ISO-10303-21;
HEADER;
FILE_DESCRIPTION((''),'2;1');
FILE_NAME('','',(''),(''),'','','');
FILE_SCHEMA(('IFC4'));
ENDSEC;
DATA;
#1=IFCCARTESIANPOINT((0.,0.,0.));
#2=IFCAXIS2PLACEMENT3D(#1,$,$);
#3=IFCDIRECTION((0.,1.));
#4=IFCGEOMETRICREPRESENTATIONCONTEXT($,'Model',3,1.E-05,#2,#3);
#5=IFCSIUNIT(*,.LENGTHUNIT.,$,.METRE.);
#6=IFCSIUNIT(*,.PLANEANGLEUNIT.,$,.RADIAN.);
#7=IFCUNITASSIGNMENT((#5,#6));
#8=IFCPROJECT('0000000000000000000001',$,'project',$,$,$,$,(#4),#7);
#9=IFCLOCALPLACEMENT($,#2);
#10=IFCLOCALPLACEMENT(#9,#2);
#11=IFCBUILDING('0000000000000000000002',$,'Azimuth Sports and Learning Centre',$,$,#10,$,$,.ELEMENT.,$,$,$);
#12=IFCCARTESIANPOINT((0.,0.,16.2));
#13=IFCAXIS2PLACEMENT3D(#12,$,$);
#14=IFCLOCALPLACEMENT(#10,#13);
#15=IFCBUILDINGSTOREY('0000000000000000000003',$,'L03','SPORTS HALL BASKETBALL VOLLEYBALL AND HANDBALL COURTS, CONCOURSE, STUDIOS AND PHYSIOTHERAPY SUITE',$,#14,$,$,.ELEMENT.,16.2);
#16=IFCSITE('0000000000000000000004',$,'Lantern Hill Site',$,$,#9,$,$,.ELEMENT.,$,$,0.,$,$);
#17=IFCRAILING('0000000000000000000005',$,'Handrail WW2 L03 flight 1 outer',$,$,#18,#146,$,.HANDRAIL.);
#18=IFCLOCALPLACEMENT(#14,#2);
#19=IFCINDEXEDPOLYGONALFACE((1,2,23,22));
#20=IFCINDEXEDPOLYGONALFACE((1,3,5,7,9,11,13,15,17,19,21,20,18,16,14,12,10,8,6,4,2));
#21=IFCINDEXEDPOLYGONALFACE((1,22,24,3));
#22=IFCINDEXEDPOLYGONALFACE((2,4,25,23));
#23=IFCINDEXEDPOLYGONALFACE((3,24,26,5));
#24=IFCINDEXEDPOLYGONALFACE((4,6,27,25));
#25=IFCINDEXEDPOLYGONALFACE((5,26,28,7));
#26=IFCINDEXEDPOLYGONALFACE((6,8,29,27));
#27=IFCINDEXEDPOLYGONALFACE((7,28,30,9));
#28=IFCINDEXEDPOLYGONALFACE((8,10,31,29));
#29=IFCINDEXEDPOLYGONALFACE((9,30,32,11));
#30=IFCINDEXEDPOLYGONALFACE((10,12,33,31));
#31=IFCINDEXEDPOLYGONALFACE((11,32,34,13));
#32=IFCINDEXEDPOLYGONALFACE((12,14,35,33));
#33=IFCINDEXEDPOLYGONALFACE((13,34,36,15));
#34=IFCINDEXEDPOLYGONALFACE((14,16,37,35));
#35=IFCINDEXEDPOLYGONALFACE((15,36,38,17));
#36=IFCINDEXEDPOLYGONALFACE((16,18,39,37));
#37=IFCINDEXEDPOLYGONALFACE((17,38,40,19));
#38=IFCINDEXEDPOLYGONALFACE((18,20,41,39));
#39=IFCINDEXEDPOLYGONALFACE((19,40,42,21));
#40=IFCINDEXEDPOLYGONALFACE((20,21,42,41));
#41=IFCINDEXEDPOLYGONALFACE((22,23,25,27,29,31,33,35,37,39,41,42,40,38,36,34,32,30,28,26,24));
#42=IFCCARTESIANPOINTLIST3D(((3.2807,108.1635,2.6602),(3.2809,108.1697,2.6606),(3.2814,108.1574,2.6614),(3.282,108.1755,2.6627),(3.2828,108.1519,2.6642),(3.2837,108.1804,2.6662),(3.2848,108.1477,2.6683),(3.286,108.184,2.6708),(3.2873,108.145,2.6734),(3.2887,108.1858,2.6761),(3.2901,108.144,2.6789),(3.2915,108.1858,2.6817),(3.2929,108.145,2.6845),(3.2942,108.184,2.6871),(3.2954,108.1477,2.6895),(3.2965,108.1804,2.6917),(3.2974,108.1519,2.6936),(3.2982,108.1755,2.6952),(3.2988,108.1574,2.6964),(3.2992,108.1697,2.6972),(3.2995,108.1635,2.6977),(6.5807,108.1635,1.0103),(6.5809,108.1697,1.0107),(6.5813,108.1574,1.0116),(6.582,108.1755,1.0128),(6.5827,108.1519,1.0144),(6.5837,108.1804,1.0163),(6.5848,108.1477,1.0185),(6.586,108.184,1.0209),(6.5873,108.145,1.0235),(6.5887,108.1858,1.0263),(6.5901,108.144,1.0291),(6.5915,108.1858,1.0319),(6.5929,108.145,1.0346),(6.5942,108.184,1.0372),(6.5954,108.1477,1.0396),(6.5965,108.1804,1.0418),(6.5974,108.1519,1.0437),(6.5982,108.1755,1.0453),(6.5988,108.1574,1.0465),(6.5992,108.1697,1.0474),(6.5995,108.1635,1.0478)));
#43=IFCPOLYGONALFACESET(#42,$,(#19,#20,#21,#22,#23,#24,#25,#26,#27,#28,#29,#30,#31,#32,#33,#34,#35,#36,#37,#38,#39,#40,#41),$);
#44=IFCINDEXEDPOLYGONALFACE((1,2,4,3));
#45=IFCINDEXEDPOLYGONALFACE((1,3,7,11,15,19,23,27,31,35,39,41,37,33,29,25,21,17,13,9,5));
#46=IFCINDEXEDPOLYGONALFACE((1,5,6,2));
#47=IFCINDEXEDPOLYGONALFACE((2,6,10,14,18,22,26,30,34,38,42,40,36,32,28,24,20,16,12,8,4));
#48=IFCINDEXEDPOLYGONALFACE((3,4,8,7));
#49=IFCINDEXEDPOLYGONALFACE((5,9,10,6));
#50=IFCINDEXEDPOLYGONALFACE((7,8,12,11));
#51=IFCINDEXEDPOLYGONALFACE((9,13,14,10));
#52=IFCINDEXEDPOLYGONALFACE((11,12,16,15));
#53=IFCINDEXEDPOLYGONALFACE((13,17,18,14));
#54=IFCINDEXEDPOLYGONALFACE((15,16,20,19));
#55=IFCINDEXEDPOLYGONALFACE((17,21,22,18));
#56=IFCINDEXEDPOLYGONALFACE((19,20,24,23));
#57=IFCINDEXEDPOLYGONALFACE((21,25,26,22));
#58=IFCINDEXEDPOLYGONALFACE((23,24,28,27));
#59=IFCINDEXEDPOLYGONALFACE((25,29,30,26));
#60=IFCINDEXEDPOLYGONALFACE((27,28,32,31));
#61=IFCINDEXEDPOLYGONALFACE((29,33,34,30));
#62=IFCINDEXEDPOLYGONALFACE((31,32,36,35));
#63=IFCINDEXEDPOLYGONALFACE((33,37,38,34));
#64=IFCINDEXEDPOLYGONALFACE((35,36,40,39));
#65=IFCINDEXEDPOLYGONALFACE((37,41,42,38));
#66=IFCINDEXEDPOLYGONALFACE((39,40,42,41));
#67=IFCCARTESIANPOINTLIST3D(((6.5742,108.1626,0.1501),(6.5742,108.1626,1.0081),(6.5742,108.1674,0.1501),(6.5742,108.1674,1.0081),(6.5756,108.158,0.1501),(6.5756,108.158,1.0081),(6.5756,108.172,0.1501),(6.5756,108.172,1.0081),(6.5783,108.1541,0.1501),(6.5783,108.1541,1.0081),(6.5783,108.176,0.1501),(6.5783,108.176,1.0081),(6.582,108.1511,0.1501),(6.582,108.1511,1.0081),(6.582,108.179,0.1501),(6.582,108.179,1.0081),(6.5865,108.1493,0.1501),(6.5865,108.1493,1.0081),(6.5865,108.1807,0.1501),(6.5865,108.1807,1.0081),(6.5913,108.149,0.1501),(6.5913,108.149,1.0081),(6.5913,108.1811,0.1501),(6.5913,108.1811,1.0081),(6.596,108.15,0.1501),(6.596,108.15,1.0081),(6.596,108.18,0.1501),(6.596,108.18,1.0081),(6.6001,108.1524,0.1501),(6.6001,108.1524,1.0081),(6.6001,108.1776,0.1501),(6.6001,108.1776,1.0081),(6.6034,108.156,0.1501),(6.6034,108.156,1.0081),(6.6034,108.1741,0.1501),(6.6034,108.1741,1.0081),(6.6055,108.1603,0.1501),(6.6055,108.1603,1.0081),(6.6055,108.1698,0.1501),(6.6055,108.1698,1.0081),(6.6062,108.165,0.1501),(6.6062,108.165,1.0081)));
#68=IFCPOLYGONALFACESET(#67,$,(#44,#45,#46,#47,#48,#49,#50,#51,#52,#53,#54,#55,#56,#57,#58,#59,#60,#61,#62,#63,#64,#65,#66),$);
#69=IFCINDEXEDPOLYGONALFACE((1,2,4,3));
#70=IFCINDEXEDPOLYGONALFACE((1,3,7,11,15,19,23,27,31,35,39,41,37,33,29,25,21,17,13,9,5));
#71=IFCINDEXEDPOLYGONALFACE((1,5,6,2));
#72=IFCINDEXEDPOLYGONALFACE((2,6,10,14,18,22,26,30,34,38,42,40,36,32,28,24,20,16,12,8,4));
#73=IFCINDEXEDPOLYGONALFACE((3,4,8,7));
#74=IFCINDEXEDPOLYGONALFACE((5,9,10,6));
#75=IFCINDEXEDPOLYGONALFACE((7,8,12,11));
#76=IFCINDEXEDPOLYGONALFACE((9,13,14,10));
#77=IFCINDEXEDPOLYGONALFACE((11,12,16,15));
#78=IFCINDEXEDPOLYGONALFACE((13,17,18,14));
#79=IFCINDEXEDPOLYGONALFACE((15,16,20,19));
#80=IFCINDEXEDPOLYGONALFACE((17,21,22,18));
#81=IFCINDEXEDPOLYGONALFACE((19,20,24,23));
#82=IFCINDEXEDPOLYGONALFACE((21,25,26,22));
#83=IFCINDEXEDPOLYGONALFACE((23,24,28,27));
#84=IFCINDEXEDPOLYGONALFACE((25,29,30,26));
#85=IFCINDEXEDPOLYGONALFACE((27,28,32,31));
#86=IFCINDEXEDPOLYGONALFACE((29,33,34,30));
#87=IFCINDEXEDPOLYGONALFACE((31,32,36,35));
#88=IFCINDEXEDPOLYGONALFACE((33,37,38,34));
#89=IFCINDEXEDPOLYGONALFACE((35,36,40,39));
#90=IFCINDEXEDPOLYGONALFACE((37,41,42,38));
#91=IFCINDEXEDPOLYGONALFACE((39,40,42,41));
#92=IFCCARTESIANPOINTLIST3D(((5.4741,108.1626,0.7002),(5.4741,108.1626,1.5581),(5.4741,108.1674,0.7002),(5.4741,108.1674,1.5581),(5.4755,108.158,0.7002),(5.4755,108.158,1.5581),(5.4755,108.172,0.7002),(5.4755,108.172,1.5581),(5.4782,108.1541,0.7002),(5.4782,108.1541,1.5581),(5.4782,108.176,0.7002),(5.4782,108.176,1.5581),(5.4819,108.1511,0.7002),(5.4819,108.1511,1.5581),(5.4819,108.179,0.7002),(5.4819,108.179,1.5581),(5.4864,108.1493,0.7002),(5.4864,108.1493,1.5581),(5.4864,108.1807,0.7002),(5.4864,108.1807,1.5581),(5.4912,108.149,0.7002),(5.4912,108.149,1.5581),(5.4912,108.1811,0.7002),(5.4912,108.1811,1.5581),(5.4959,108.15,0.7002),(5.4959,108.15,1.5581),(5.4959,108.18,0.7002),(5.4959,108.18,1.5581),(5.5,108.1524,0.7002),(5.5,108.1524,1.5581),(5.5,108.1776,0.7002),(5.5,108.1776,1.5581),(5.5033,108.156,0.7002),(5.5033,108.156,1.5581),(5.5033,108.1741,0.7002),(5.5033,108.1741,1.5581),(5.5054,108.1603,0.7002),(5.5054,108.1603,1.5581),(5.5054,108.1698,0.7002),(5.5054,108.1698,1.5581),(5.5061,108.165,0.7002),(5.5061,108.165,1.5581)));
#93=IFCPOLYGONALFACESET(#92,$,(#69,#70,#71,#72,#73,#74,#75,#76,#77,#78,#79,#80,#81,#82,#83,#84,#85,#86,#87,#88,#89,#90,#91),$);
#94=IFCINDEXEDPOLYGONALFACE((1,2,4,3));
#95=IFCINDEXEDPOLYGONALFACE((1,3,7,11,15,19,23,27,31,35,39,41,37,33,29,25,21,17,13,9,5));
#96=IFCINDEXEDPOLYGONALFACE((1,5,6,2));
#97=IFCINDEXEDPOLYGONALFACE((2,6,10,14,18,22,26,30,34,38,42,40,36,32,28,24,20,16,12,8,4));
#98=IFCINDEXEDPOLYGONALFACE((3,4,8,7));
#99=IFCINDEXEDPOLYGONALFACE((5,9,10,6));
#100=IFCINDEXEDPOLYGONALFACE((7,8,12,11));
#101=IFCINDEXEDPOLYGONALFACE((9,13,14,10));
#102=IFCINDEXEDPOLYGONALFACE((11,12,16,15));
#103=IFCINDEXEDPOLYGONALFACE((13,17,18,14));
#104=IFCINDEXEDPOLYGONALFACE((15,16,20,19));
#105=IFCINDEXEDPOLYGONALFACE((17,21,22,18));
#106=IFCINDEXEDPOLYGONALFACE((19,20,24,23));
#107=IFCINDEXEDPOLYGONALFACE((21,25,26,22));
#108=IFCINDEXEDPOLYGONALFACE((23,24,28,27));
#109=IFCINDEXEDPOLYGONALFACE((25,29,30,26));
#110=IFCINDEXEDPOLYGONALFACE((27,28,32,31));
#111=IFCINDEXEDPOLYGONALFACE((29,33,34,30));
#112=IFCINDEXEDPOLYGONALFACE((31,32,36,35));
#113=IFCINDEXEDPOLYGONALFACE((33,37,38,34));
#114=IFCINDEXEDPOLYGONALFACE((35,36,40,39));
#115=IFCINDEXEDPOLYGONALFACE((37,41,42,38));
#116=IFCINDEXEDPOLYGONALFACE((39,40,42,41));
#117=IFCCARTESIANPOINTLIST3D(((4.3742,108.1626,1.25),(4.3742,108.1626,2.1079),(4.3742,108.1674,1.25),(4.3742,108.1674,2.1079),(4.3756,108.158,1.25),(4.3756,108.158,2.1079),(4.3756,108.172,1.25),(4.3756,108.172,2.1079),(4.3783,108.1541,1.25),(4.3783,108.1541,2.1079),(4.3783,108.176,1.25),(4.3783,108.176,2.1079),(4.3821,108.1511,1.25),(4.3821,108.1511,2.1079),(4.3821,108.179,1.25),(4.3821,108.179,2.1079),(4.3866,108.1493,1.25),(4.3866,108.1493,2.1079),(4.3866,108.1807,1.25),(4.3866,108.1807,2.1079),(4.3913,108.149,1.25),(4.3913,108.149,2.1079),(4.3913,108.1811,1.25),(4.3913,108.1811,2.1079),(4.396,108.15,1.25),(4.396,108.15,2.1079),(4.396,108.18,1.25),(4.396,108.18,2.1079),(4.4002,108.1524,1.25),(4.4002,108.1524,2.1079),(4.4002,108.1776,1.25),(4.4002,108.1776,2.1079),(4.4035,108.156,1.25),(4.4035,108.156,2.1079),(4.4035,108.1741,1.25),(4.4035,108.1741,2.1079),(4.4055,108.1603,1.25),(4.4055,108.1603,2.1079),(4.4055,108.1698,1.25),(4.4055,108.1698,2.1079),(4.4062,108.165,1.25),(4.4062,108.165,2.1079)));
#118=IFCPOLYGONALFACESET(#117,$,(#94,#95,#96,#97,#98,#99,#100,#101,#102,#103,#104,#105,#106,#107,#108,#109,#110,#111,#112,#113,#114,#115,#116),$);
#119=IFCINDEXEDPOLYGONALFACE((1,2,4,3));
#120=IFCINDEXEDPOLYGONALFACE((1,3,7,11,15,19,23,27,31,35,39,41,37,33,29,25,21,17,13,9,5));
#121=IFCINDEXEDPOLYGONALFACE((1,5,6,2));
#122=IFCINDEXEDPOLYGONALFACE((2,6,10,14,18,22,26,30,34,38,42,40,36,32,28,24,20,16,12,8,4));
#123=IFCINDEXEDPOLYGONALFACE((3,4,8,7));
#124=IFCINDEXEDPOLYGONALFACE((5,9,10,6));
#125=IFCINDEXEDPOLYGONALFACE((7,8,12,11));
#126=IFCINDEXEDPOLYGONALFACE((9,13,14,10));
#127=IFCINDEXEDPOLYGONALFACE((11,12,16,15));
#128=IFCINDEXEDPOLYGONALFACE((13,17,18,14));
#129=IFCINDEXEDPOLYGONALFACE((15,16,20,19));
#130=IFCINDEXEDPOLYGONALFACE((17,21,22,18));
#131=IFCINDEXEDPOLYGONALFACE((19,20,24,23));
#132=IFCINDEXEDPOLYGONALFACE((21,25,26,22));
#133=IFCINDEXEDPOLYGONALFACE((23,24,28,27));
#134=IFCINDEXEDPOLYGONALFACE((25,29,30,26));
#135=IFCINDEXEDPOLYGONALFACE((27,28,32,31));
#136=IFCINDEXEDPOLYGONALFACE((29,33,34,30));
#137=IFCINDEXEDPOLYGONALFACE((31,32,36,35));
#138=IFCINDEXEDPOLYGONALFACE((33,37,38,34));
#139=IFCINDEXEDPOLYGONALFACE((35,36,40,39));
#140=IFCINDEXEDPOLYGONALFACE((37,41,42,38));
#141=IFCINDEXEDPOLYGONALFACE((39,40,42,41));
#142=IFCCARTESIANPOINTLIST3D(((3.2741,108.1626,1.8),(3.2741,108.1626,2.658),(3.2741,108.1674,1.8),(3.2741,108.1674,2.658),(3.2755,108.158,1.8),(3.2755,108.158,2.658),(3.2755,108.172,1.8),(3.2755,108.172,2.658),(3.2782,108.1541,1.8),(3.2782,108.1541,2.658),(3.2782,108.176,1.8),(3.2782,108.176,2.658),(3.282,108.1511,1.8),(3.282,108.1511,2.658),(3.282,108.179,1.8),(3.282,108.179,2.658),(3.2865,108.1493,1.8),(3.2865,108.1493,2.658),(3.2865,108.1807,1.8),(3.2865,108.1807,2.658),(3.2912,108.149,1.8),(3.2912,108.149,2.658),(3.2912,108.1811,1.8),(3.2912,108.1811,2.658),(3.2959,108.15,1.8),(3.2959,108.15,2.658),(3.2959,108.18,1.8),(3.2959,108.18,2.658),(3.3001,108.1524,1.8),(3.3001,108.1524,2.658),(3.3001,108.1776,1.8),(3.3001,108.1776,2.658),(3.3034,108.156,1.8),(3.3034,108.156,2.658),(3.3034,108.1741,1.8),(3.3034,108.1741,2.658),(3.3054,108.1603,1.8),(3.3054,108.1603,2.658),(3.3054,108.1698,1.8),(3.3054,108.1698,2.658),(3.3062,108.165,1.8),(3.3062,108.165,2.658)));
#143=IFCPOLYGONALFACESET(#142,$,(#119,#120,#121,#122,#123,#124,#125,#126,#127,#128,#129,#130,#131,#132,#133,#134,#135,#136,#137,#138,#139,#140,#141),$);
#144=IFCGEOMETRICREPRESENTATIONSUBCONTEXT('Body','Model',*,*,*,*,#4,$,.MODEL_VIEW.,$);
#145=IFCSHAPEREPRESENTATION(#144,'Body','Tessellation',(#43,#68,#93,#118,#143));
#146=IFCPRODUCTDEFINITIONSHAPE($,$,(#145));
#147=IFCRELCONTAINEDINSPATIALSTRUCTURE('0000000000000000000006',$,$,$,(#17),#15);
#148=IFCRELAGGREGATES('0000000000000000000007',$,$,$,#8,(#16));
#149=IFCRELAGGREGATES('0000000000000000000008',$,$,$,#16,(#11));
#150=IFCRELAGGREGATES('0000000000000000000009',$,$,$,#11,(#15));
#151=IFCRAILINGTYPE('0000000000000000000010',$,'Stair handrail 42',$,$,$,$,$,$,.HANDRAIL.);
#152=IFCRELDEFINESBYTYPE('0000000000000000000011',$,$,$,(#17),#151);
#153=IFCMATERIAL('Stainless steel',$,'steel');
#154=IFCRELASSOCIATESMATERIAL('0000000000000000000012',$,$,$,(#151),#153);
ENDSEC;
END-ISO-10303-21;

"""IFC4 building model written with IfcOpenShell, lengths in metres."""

from ifc_helpers import new_model, si_unit, direction, frame, origin, origin_2d, place, context, subcontext, project, spatial, circle, extrude, material, type_object, element, save


model = new_model("IFC4")

# Units and contexts
model_context = context("Model", 3, precision=1e-05, world=origin(), true_north=direction((0.0, 1.0)))
body_context = subcontext(model_context, "Body", "Model", "MODEL_VIEW")
ifc_project = project(units=[si_unit("LENGTHUNIT", "METRE"), si_unit("PLANEANGLEUNIT", "RADIAN")], contexts=[model_context])

# Site, building, storey
site_placement = place(None, origin())
site = spatial("IfcSite", under=ifc_project, at=site_placement, Name="Lantern Hill Site", CompositionType="ELEMENT", RefElevation=0.0)
building_placement = place(site_placement, origin())
building = spatial("IfcBuilding", under=site, at=building_placement, Name="Azimuth Sports and Learning Centre", CompositionType="ELEMENT")
storey_placement = place(building_placement, frame((0.0, 0.0, 16.2)))
storey = spatial("IfcBuildingStorey", under=building, at=storey_placement, Name="L03", Description="SPORTS HALL BASKETBALL VOLLEYBALL AND HANDBALL COURTS, CONCOURSE, STUDIOS AND PHYSIOTHERAPY SUITE", CompositionType="ELEMENT", Elevation=16.2)

# Railing
ifc_material_1 = material(Name="Stainless steel", Category="steel")
railing_type_1 = type_object("IfcRailingType", Name="Stair handrail 42", PredefinedType="HANDRAIL", material=ifc_material_1)
for number, where, name in (
    (1, (6.5901, 108.165, 0.1501), "Handrail WW2 L03 flight 1 outer"),
):
    element("IfcRailing", number, at=place(storey_placement, frame(where)), inside=storey, type_object=railing_type_1, Name=name, PredefinedType="HANDRAIL", context=body_context, shape_type="SweptSolid", body=[
        extrude(circle(Radius=0.021, at=origin_2d()), frame((0.0, 0.0, 0.8789), z_axis=(-0.89444, 0.0, 0.447187), x_axis=(0.0, -1.0, 0.0)), (0.0, 0.0, 1.0), 3.6895),
        extrude(circle(Radius=0.0161, at=origin_2d()), origin(), (0.0, 0.0, 1.0), 0.8579),
        extrude(circle(Radius=0.0161, at=origin_2d()), frame((-1.1001, 0.0, 0.55)), (0.0, 0.0, 1.0), 0.8579),
        extrude(circle(Radius=0.0161, at=origin_2d()), frame((-2.2, 0.0, 1.0999)), (0.0, 0.0, 1.0), 0.8579),
        extrude(circle(Radius=0.0161, at=origin_2d()), frame((-3.3, 0.0, 1.6499)), (0.0, 0.0, 1.0), 0.8579),
    ])

save(model, "model.ifc")
